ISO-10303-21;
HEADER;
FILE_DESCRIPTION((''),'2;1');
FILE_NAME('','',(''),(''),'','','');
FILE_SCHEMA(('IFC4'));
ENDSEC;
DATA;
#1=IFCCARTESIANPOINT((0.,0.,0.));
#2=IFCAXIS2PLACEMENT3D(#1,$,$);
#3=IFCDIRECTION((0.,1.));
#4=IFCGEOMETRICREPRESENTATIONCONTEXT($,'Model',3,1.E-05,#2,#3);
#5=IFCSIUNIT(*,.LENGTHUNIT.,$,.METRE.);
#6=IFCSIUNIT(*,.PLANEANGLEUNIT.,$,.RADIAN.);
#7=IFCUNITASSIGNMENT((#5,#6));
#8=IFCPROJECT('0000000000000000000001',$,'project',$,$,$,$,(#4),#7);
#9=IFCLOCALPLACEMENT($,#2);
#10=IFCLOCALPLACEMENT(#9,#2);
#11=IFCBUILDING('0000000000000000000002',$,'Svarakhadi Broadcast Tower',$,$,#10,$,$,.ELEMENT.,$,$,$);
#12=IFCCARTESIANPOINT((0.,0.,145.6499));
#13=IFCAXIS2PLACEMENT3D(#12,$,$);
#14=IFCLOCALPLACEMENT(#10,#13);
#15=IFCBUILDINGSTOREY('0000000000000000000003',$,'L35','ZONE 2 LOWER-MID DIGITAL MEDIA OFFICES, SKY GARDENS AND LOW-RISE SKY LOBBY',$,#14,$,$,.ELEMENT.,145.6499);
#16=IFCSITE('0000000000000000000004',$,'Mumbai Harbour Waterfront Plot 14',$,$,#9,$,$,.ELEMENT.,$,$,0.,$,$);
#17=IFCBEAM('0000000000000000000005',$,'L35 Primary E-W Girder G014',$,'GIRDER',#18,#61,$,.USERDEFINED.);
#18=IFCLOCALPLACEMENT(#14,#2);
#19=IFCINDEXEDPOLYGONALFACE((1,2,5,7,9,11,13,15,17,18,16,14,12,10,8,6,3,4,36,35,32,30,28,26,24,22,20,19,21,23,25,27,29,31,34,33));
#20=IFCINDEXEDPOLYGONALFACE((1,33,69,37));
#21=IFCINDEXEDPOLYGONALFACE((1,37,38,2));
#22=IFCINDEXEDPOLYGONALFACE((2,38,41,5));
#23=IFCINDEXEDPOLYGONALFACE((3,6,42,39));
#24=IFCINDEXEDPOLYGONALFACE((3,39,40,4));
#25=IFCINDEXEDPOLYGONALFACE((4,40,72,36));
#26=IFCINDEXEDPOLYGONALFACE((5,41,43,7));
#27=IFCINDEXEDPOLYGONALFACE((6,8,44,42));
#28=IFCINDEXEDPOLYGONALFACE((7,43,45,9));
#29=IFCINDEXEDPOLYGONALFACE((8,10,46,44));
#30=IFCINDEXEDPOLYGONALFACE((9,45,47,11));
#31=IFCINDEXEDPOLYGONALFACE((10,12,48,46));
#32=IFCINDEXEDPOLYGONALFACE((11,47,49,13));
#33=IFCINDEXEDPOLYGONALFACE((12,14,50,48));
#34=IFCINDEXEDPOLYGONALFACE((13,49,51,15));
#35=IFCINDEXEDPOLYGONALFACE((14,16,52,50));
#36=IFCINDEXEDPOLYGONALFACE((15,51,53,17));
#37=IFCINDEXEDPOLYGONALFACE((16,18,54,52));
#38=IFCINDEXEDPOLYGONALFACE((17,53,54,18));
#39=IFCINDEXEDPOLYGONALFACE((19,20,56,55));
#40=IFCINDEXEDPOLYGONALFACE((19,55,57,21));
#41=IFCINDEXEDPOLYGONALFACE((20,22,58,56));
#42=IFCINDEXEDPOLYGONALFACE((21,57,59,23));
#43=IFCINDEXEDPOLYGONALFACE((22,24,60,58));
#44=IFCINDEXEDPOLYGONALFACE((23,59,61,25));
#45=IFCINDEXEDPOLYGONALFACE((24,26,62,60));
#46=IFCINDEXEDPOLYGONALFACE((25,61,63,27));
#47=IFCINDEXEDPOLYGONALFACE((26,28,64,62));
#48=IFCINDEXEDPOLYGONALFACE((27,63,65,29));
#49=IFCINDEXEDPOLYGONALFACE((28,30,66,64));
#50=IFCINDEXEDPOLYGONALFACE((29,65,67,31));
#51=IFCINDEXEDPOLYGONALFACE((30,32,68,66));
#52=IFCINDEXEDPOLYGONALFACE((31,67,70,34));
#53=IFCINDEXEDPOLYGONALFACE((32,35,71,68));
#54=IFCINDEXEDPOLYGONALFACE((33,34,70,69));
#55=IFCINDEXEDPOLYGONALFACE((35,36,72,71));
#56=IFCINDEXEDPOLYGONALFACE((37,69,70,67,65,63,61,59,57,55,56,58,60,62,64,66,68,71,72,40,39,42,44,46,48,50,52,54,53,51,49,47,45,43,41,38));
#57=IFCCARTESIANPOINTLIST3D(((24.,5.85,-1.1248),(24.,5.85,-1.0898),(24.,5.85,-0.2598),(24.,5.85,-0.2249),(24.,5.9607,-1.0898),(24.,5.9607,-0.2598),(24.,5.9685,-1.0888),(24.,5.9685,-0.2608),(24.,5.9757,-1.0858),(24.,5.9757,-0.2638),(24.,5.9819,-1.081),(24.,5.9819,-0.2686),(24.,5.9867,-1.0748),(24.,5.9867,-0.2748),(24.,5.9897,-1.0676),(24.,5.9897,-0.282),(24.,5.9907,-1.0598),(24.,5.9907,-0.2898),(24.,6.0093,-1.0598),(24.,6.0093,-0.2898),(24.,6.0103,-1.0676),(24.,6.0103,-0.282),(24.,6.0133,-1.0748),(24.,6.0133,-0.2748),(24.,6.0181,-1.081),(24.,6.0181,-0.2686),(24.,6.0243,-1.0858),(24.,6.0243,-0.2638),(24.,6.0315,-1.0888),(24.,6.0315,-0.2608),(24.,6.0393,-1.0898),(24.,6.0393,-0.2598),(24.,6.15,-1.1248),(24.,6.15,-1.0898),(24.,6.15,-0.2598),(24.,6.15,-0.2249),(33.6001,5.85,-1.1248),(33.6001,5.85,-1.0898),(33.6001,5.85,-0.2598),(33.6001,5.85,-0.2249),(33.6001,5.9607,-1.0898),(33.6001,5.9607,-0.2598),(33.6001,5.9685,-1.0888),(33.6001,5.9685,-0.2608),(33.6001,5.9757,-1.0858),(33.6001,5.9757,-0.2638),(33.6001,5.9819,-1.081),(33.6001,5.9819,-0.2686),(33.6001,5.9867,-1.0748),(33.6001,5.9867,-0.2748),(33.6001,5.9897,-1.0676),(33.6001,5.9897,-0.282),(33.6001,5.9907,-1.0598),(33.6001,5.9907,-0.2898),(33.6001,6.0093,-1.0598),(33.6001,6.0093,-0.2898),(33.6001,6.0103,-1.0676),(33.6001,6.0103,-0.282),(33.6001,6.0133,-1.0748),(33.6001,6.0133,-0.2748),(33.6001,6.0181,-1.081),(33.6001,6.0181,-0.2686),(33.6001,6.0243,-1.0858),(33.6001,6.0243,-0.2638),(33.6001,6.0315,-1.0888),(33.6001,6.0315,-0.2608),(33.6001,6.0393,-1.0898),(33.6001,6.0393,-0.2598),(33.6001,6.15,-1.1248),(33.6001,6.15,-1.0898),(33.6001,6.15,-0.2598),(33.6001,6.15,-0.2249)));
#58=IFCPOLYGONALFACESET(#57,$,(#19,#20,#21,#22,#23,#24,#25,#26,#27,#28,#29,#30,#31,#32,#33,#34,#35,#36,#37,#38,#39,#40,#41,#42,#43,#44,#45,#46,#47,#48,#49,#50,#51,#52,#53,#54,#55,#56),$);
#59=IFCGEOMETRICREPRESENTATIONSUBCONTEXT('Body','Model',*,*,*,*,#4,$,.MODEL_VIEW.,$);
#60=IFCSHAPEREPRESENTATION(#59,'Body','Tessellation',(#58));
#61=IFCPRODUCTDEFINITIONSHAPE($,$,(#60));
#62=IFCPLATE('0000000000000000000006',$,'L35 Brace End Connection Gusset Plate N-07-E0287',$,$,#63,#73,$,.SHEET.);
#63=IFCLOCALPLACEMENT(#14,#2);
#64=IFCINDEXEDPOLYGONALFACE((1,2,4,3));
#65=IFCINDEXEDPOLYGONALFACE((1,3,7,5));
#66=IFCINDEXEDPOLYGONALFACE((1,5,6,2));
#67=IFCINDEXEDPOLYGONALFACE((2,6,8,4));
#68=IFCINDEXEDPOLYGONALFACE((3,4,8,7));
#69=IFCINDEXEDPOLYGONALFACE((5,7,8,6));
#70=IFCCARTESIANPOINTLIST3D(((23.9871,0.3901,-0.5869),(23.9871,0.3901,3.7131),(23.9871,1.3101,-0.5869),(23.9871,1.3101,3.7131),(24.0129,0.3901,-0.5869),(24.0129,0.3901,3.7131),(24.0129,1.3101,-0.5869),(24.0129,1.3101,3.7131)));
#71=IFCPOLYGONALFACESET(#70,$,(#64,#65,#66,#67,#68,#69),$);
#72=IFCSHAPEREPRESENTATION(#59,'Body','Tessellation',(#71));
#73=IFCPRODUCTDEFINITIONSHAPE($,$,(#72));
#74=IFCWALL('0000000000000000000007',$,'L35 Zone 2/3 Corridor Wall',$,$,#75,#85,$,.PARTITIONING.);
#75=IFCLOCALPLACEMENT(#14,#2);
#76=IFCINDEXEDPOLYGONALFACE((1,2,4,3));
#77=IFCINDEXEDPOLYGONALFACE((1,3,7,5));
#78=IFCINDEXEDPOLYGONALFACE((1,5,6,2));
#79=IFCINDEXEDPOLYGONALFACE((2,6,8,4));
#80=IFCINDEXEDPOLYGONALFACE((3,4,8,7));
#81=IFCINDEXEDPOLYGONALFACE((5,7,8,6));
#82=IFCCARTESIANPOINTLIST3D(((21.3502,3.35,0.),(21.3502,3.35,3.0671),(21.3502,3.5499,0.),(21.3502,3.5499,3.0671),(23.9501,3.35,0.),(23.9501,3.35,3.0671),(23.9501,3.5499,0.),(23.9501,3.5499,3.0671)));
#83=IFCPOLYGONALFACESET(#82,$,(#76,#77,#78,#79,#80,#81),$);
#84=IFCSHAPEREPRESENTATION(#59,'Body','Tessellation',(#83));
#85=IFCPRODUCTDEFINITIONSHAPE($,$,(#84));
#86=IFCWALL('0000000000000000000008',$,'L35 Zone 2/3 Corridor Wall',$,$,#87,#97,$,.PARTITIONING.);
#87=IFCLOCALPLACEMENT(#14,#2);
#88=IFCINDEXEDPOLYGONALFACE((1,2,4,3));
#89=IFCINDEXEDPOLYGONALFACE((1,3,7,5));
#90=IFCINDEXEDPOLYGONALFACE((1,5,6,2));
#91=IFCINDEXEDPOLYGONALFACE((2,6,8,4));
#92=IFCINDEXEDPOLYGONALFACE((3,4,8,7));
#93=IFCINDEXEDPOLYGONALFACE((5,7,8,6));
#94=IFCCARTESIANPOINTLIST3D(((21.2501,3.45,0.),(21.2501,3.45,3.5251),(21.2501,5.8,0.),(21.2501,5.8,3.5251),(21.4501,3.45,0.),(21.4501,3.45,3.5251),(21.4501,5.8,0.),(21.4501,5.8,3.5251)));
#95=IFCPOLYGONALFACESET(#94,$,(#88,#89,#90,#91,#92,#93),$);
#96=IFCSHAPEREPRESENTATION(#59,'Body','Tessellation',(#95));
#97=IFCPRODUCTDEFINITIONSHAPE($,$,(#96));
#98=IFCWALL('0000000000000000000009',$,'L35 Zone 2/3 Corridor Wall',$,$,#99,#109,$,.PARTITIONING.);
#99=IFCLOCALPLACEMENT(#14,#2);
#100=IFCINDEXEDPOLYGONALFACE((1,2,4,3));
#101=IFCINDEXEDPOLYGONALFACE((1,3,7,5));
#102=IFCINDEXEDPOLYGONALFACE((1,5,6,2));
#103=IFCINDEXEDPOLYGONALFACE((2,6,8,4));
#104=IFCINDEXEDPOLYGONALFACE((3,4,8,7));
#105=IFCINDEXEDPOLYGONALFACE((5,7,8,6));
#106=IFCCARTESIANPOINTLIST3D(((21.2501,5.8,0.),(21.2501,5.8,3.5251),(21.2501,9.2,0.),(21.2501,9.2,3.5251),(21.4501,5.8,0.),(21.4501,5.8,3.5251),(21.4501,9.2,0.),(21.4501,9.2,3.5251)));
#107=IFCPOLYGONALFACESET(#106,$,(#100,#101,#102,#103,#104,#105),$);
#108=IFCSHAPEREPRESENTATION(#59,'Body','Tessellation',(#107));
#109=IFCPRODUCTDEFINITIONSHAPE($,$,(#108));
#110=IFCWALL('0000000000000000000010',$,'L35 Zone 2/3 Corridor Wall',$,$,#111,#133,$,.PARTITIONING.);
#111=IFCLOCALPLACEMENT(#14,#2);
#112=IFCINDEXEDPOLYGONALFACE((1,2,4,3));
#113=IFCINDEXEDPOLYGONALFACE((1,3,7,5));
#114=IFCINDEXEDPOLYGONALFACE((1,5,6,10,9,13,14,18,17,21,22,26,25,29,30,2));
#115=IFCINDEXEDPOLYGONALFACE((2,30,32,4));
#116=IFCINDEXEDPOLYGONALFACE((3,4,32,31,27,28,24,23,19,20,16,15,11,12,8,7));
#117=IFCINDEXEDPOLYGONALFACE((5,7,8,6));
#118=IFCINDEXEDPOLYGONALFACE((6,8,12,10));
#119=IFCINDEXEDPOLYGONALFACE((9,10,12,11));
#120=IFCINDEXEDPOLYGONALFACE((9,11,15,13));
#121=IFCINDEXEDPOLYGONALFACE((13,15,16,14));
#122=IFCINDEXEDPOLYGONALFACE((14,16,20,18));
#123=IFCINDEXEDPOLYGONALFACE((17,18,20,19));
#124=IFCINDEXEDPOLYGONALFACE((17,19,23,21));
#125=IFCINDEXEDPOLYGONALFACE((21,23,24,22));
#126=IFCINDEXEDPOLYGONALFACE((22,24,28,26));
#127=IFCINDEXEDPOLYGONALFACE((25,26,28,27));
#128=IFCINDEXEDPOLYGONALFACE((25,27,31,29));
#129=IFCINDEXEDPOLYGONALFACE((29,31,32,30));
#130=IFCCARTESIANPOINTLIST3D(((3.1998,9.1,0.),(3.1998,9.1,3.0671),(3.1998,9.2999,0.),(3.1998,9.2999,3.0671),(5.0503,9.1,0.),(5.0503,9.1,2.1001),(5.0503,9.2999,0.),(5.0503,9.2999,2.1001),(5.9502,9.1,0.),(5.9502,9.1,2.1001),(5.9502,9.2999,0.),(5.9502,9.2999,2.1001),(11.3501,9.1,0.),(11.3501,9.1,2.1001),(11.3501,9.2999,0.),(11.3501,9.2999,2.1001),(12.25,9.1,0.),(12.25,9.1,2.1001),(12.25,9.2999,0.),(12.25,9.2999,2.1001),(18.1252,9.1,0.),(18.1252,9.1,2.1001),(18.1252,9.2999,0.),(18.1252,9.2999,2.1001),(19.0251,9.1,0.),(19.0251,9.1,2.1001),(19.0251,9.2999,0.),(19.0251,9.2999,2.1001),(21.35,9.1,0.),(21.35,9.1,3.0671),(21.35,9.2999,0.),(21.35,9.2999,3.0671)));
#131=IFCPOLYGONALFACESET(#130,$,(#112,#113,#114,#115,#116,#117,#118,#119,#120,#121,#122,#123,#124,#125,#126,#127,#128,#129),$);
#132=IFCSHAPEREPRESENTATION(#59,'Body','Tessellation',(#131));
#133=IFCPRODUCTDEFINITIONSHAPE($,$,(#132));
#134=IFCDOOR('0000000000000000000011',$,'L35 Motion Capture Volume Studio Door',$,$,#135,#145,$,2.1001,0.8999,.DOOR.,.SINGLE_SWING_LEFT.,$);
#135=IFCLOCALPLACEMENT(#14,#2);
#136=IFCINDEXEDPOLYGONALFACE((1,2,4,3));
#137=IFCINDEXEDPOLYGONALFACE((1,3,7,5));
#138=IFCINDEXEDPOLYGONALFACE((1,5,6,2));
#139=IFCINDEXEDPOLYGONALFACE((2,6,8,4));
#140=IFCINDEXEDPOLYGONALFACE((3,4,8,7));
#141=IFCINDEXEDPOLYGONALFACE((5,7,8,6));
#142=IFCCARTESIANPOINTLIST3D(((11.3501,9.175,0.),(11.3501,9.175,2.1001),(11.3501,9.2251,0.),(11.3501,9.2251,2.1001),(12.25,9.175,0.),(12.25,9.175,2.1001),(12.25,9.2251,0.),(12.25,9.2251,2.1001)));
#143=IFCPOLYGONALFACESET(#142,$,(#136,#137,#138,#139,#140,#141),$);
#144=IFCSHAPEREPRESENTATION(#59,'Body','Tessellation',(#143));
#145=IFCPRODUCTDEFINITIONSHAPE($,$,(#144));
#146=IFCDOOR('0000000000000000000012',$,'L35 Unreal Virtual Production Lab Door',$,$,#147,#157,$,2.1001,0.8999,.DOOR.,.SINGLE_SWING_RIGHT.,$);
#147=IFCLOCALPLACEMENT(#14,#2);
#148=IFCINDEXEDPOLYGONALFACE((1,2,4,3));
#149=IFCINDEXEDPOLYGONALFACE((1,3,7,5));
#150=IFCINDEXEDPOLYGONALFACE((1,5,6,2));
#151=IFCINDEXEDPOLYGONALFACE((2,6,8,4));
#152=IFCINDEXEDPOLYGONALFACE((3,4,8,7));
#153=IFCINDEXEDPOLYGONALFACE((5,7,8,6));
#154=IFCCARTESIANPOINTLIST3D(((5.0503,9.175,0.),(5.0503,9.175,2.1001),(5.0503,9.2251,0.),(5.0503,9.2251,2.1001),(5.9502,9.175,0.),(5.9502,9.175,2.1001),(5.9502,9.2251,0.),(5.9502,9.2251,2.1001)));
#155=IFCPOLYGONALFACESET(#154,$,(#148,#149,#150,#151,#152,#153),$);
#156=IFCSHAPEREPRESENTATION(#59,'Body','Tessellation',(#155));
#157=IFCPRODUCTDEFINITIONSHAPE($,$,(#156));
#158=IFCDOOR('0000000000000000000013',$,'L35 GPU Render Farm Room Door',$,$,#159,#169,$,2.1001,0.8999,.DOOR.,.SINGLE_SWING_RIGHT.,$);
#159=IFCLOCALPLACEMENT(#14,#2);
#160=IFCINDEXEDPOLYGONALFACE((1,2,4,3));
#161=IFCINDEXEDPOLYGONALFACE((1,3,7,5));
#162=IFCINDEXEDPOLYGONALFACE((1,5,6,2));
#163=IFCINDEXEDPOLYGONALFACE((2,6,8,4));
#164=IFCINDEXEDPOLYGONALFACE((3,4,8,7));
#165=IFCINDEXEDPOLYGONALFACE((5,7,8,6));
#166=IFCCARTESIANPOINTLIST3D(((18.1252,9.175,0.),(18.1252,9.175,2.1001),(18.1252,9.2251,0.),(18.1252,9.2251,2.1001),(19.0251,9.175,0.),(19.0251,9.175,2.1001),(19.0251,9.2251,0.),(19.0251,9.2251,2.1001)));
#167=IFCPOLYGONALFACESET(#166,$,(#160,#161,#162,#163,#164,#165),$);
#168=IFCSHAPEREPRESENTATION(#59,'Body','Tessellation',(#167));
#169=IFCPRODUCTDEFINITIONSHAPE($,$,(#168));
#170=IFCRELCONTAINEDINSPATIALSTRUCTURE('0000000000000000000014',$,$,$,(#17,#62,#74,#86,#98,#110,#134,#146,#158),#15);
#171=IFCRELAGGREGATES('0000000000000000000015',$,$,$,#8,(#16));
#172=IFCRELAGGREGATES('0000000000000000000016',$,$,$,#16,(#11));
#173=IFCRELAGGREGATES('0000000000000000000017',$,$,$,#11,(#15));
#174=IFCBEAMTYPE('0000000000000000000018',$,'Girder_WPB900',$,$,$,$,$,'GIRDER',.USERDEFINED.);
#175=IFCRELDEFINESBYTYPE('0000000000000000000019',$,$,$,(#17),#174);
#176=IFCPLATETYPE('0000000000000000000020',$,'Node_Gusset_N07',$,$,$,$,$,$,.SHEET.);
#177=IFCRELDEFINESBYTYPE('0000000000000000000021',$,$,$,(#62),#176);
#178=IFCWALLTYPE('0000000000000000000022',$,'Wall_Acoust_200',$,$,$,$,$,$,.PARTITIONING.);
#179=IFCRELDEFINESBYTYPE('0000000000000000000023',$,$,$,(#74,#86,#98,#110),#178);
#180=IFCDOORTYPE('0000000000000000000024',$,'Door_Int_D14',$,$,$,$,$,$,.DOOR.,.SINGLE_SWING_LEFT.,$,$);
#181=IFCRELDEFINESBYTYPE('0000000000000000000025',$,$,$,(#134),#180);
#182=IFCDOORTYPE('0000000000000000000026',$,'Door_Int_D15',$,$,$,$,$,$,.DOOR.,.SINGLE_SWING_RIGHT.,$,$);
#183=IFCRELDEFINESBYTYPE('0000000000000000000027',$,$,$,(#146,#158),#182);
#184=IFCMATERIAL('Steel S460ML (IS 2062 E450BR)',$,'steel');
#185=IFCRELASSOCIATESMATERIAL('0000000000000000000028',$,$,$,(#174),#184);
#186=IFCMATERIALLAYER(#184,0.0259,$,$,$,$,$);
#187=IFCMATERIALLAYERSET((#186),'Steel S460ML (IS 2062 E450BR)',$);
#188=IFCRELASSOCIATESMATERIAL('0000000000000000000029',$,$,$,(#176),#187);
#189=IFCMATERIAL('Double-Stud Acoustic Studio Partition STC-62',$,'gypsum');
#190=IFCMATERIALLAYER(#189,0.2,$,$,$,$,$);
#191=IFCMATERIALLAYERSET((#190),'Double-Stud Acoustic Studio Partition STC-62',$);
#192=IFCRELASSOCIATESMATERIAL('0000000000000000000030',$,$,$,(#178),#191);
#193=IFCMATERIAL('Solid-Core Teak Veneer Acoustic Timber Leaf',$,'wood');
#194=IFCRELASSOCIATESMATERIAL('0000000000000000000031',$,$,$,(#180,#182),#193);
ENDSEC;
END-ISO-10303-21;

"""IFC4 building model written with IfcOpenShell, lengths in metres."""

from ifc_helpers import new_model, si_unit, direction, frame, frame_2d, origin, origin_2d, place, context, subcontext, project, spatial, rectangle, i_section, extrude, material, layer, layer_set, material_profile, profile_set, type_object, element, fill, save


model = new_model("IFC4")

# Units and contexts
model_context = context("Model", 3, precision=1e-05, world=origin(), true_north=direction((0.0, 1.0)))
body_context = subcontext(model_context, "Body", "Model", "MODEL_VIEW")
ifc_project = project(units=[si_unit("LENGTHUNIT", "METRE"), si_unit("PLANEANGLEUNIT", "RADIAN")], contexts=[model_context])

# Site, building, storey
site_placement = place(None, origin())
site = spatial("IfcSite", under=ifc_project, at=site_placement, Name="Mumbai Harbour Waterfront Plot 14", CompositionType="ELEMENT", RefElevation=0.0)
building_placement = place(site_placement, origin())
building = spatial("IfcBuilding", under=site, at=building_placement, Name="Svarakhadi Broadcast Tower", CompositionType="ELEMENT")
storey_placement = place(building_placement, frame((0.0, 0.0, 145.6499)))
storey = spatial("IfcBuildingStorey", under=building, at=storey_placement, Name="L35", Description="ZONE 2 LOWER-MID DIGITAL MEDIA OFFICES, SKY GARDENS AND LOW-RISE SKY LOBBY", CompositionType="ELEMENT", Elevation=145.6499)

# Beam
ifc_material_1 = material(Name="Steel S460ML (IS 2062 E450BR)", Category="steel")
ifc_material_profile_1 = material_profile(ifc_material_1, i_section(OverallWidth=0.3, OverallDepth=0.8999, WebThickness=0.0186, FlangeThickness=0.0349, FilletRadius=0.03, at=origin_2d()), Name="WPB 900x300x291")
ifc_profile_set_1 = profile_set([ifc_material_profile_1], Name="Steel S460ML (IS 2062 E450BR)")
beam_type_1 = type_object("IfcBeamType", Name="Girder_WPB900", ElementType="GIRDER", PredefinedType="USERDEFINED", material=ifc_profile_set_1)
beam_1_placement = place(storey_placement, frame((24.0, 6.0, -0.6748), z_axis=(1.0, 0.0, 0.0), x_axis=(0.0, 1.0, 0.0)))
element("IfcBeam", 1, at=beam_1_placement, inside=storey, type_object=beam_type_1, Name="L35 Primary E-W Girder G014", ObjectType="GIRDER", PredefinedType="USERDEFINED", context=body_context, shape_type="SweptSolid", body=[
    extrude(i_section(OverallWidth=0.3, OverallDepth=0.8999, WebThickness=0.0186, FlangeThickness=0.0349, FilletRadius=0.03, at=origin_2d()), origin(), (0.0, 0.0, 1.0), 9.6001),
])

# Plate
ifc_layer_1 = layer(ifc_material_1, 0.0259)
ifc_layer_set_1 = layer_set([ifc_layer_1], Name="Steel S460ML (IS 2062 E450BR)")
plate_type = type_object("IfcPlateType", Name="Node_Gusset_N07", PredefinedType="SHEET", material=ifc_layer_set_1)
plate_placement = place(storey_placement, frame((24.0, 0.8501, -0.5869), z_axis=(0.0, 0.0, 1.0), x_axis=(0.0, 1.0, 0.0)))
element("IfcPlate", 2, at=plate_placement, inside=storey, type_object=plate_type, Name="L35 Brace End Connection Gusset Plate N-07-E0287", PredefinedType="SHEET", context=body_context, shape_type="SweptSolid", body=[
    extrude(rectangle(XDim=0.9199, YDim=0.0259, at=origin_2d()), origin(), (0.0, 0.0, 1.0), 4.3),
])

# Walls
ifc_material_2 = material(Name="Double-Stud Acoustic Studio Partition STC-62", Category="gypsum")
ifc_layer_2 = layer(ifc_material_2, 0.2)
ifc_layer_set_2 = layer_set([ifc_layer_2], Name="Double-Stud Acoustic Studio Partition STC-62")
wall_type = type_object("IfcWallType", Name="Wall_Acoust_200", PredefinedType="PARTITIONING", material=ifc_layer_set_2)
wall_1_placement = place(storey_placement, frame((23.95, 3.45, 0.0), z_axis=(0.0, 0.0, 1.0), x_axis=(-1.0, 0.0, 0.0)))
element("IfcWall", 3, at=wall_1_placement, inside=storey, type_object=wall_type, Name="L35 Zone 2/3 Corridor Wall", PredefinedType="PARTITIONING", context=body_context, shape_type="SweptSolid", body=[
    extrude(rectangle(XDim=2.5999, YDim=0.2, at=frame_2d((1.2998, 0.0))), origin(), (0.0, 0.0, 1.0), 3.0671),
])
wall_2_placement = place(storey_placement, frame((21.3501, 3.45, 0.0), z_axis=(0.0, 0.0, 1.0), x_axis=(0.0, 1.0, 0.0)))
element("IfcWall", 4, at=wall_2_placement, inside=storey, type_object=wall_type, Name="L35 Zone 2/3 Corridor Wall", PredefinedType="PARTITIONING", context=body_context, shape_type="SweptSolid", body=[
    extrude(rectangle(XDim=2.3501, YDim=0.2, at=frame_2d((1.175, 0.0))), origin(), (0.0, 0.0, 1.0), 3.5251),
])
wall_3_placement = place(storey_placement, frame((21.3501, 5.8, 0.0), z_axis=(0.0, 0.0, 1.0), x_axis=(0.0, 1.0, 0.0)))
element("IfcWall", 5, at=wall_3_placement, inside=storey, type_object=wall_type, Name="L35 Zone 2/3 Corridor Wall", PredefinedType="PARTITIONING", context=body_context, shape_type="SweptSolid", body=[
    extrude(rectangle(XDim=3.3999, YDim=0.2, at=frame_2d((1.7, 0.0))), origin(), (0.0, 0.0, 1.0), 3.5251),
])

# Wall, openings, doors
wall_4_placement = place(storey_placement, frame((21.3501, 9.2, 0.0), z_axis=(0.0, 0.0, 1.0), x_axis=(-1.0, 0.0, 0.0)))
wall_4 = element("IfcWall", 6, at=wall_4_placement, inside=storey, type_object=wall_type, Name="L35 Zone 2/3 Corridor Wall", PredefinedType="PARTITIONING", context=body_context, shape_type="SweptSolid", body=[
    extrude(rectangle(XDim=18.1501, YDim=0.2, at=frame_2d((9.0752, 0.0))), origin(), (0.0, 0.0, 1.0), 3.0671),
])
opening_1_placement = place(wall_4_placement, frame((15.3999, 0.0, 0.0)))
opening_1 = element("IfcOpeningElement", 7, at=opening_1_placement, cuts=wall_4, PredefinedType="OPENING", context=body_context, shape_type="SweptSolid", body=[
    extrude(rectangle(XDim=0.8999, YDim=2.1001, at=frame_2d((0.45, 1.05))), frame((0.0, 0.1099, 0.0), z_axis=(0.0, -1.0, 0.0), x_axis=(1.0, 0.0, 0.0)), (0.0, 0.0, 1.0), 0.22),
])
opening_2_placement = place(wall_4_placement, frame((9.1001, 0.0, 0.0)))
opening_2 = element("IfcOpeningElement", 8, at=opening_2_placement, cuts=wall_4, PredefinedType="OPENING", context=body_context, shape_type="SweptSolid", body=[
    extrude(rectangle(XDim=0.8999, YDim=2.1001, at=frame_2d((0.45, 1.05))), frame((0.0, 0.1099, 0.0), z_axis=(0.0, -1.0, 0.0), x_axis=(1.0, 0.0, 0.0)), (0.0, 0.0, 1.0), 0.22),
])
opening_3_placement = place(wall_4_placement, frame((2.325, 0.0, 0.0)))
opening_3 = element("IfcOpeningElement", 9, at=opening_3_placement, cuts=wall_4, PredefinedType="OPENING", context=body_context, shape_type="SweptSolid", body=[
    extrude(rectangle(XDim=0.8999, YDim=2.1001, at=frame_2d((0.45, 1.05))), frame((0.0, 0.1099, 0.0), z_axis=(0.0, -1.0, 0.0), x_axis=(1.0, 0.0, 0.0)), (0.0, 0.0, 1.0), 0.22),
])
ifc_material_3 = material(Name="Solid-Core Teak Veneer Acoustic Timber Leaf", Category="wood")
door_type_1 = type_object("IfcDoorType", Name="Door_Int_D14", OperationType="SINGLE_SWING_LEFT", PredefinedType="DOOR", material=ifc_material_3)
door_1_placement = place(opening_2_placement, origin())
door_1 = element("IfcDoor", 10, at=door_1_placement, inside=storey, type_object=door_type_1, Name="L35 Motion Capture Volume Studio Door", OperationType="SINGLE_SWING_LEFT", OverallHeight=2.1001, OverallWidth=0.8999, PredefinedType="DOOR", context=body_context, shape_type="SweptSolid", body=[
    extrude(rectangle(XDim=0.8999, YDim=2.1001, at=frame_2d((0.45, 1.05))), frame((0.0, 0.0249, 0.0), z_axis=(0.0, -1.0, 0.0), x_axis=(1.0, 0.0, 0.0)), (0.0, 0.0, 1.0), 0.05),
])
fill(opening_2, door_1)
door_type_2 = type_object("IfcDoorType", Name="Door_Int_D15", OperationType="SINGLE_SWING_RIGHT", PredefinedType="DOOR", material=ifc_material_3)
door_2_placement = place(opening_1_placement, origin())
door_2 = element("IfcDoor", 11, at=door_2_placement, inside=storey, type_object=door_type_2, Name="L35 Unreal Virtual Production Lab Door", OperationType="SINGLE_SWING_RIGHT", OverallHeight=2.1001, OverallWidth=0.8999, PredefinedType="DOOR", context=body_context, shape_type="SweptSolid", body=[
    extrude(rectangle(XDim=0.8999, YDim=2.1001, at=frame_2d((0.45, 1.05))), frame((0.0, 0.0249, 0.0), z_axis=(0.0, -1.0, 0.0), x_axis=(1.0, 0.0, 0.0)), (0.0, 0.0, 1.0), 0.05),
])
fill(opening_1, door_2)
door_3_placement = place(opening_3_placement, origin())
door_3 = element("IfcDoor", 12, at=door_3_placement, inside=storey, type_object=door_type_2, Name="L35 GPU Render Farm Room Door", OperationType="SINGLE_SWING_RIGHT", OverallHeight=2.1001, OverallWidth=0.8999, PredefinedType="DOOR", context=body_context, shape_type="SweptSolid", body=[
    extrude(rectangle(XDim=0.8999, YDim=2.1001, at=frame_2d((0.45, 1.05))), frame((0.0, 0.0249, 0.0), z_axis=(0.0, -1.0, 0.0), x_axis=(1.0, 0.0, 0.0)), (0.0, 0.0, 1.0), 0.05),
])
fill(opening_3, door_3)

save(model, "model.ifc")
